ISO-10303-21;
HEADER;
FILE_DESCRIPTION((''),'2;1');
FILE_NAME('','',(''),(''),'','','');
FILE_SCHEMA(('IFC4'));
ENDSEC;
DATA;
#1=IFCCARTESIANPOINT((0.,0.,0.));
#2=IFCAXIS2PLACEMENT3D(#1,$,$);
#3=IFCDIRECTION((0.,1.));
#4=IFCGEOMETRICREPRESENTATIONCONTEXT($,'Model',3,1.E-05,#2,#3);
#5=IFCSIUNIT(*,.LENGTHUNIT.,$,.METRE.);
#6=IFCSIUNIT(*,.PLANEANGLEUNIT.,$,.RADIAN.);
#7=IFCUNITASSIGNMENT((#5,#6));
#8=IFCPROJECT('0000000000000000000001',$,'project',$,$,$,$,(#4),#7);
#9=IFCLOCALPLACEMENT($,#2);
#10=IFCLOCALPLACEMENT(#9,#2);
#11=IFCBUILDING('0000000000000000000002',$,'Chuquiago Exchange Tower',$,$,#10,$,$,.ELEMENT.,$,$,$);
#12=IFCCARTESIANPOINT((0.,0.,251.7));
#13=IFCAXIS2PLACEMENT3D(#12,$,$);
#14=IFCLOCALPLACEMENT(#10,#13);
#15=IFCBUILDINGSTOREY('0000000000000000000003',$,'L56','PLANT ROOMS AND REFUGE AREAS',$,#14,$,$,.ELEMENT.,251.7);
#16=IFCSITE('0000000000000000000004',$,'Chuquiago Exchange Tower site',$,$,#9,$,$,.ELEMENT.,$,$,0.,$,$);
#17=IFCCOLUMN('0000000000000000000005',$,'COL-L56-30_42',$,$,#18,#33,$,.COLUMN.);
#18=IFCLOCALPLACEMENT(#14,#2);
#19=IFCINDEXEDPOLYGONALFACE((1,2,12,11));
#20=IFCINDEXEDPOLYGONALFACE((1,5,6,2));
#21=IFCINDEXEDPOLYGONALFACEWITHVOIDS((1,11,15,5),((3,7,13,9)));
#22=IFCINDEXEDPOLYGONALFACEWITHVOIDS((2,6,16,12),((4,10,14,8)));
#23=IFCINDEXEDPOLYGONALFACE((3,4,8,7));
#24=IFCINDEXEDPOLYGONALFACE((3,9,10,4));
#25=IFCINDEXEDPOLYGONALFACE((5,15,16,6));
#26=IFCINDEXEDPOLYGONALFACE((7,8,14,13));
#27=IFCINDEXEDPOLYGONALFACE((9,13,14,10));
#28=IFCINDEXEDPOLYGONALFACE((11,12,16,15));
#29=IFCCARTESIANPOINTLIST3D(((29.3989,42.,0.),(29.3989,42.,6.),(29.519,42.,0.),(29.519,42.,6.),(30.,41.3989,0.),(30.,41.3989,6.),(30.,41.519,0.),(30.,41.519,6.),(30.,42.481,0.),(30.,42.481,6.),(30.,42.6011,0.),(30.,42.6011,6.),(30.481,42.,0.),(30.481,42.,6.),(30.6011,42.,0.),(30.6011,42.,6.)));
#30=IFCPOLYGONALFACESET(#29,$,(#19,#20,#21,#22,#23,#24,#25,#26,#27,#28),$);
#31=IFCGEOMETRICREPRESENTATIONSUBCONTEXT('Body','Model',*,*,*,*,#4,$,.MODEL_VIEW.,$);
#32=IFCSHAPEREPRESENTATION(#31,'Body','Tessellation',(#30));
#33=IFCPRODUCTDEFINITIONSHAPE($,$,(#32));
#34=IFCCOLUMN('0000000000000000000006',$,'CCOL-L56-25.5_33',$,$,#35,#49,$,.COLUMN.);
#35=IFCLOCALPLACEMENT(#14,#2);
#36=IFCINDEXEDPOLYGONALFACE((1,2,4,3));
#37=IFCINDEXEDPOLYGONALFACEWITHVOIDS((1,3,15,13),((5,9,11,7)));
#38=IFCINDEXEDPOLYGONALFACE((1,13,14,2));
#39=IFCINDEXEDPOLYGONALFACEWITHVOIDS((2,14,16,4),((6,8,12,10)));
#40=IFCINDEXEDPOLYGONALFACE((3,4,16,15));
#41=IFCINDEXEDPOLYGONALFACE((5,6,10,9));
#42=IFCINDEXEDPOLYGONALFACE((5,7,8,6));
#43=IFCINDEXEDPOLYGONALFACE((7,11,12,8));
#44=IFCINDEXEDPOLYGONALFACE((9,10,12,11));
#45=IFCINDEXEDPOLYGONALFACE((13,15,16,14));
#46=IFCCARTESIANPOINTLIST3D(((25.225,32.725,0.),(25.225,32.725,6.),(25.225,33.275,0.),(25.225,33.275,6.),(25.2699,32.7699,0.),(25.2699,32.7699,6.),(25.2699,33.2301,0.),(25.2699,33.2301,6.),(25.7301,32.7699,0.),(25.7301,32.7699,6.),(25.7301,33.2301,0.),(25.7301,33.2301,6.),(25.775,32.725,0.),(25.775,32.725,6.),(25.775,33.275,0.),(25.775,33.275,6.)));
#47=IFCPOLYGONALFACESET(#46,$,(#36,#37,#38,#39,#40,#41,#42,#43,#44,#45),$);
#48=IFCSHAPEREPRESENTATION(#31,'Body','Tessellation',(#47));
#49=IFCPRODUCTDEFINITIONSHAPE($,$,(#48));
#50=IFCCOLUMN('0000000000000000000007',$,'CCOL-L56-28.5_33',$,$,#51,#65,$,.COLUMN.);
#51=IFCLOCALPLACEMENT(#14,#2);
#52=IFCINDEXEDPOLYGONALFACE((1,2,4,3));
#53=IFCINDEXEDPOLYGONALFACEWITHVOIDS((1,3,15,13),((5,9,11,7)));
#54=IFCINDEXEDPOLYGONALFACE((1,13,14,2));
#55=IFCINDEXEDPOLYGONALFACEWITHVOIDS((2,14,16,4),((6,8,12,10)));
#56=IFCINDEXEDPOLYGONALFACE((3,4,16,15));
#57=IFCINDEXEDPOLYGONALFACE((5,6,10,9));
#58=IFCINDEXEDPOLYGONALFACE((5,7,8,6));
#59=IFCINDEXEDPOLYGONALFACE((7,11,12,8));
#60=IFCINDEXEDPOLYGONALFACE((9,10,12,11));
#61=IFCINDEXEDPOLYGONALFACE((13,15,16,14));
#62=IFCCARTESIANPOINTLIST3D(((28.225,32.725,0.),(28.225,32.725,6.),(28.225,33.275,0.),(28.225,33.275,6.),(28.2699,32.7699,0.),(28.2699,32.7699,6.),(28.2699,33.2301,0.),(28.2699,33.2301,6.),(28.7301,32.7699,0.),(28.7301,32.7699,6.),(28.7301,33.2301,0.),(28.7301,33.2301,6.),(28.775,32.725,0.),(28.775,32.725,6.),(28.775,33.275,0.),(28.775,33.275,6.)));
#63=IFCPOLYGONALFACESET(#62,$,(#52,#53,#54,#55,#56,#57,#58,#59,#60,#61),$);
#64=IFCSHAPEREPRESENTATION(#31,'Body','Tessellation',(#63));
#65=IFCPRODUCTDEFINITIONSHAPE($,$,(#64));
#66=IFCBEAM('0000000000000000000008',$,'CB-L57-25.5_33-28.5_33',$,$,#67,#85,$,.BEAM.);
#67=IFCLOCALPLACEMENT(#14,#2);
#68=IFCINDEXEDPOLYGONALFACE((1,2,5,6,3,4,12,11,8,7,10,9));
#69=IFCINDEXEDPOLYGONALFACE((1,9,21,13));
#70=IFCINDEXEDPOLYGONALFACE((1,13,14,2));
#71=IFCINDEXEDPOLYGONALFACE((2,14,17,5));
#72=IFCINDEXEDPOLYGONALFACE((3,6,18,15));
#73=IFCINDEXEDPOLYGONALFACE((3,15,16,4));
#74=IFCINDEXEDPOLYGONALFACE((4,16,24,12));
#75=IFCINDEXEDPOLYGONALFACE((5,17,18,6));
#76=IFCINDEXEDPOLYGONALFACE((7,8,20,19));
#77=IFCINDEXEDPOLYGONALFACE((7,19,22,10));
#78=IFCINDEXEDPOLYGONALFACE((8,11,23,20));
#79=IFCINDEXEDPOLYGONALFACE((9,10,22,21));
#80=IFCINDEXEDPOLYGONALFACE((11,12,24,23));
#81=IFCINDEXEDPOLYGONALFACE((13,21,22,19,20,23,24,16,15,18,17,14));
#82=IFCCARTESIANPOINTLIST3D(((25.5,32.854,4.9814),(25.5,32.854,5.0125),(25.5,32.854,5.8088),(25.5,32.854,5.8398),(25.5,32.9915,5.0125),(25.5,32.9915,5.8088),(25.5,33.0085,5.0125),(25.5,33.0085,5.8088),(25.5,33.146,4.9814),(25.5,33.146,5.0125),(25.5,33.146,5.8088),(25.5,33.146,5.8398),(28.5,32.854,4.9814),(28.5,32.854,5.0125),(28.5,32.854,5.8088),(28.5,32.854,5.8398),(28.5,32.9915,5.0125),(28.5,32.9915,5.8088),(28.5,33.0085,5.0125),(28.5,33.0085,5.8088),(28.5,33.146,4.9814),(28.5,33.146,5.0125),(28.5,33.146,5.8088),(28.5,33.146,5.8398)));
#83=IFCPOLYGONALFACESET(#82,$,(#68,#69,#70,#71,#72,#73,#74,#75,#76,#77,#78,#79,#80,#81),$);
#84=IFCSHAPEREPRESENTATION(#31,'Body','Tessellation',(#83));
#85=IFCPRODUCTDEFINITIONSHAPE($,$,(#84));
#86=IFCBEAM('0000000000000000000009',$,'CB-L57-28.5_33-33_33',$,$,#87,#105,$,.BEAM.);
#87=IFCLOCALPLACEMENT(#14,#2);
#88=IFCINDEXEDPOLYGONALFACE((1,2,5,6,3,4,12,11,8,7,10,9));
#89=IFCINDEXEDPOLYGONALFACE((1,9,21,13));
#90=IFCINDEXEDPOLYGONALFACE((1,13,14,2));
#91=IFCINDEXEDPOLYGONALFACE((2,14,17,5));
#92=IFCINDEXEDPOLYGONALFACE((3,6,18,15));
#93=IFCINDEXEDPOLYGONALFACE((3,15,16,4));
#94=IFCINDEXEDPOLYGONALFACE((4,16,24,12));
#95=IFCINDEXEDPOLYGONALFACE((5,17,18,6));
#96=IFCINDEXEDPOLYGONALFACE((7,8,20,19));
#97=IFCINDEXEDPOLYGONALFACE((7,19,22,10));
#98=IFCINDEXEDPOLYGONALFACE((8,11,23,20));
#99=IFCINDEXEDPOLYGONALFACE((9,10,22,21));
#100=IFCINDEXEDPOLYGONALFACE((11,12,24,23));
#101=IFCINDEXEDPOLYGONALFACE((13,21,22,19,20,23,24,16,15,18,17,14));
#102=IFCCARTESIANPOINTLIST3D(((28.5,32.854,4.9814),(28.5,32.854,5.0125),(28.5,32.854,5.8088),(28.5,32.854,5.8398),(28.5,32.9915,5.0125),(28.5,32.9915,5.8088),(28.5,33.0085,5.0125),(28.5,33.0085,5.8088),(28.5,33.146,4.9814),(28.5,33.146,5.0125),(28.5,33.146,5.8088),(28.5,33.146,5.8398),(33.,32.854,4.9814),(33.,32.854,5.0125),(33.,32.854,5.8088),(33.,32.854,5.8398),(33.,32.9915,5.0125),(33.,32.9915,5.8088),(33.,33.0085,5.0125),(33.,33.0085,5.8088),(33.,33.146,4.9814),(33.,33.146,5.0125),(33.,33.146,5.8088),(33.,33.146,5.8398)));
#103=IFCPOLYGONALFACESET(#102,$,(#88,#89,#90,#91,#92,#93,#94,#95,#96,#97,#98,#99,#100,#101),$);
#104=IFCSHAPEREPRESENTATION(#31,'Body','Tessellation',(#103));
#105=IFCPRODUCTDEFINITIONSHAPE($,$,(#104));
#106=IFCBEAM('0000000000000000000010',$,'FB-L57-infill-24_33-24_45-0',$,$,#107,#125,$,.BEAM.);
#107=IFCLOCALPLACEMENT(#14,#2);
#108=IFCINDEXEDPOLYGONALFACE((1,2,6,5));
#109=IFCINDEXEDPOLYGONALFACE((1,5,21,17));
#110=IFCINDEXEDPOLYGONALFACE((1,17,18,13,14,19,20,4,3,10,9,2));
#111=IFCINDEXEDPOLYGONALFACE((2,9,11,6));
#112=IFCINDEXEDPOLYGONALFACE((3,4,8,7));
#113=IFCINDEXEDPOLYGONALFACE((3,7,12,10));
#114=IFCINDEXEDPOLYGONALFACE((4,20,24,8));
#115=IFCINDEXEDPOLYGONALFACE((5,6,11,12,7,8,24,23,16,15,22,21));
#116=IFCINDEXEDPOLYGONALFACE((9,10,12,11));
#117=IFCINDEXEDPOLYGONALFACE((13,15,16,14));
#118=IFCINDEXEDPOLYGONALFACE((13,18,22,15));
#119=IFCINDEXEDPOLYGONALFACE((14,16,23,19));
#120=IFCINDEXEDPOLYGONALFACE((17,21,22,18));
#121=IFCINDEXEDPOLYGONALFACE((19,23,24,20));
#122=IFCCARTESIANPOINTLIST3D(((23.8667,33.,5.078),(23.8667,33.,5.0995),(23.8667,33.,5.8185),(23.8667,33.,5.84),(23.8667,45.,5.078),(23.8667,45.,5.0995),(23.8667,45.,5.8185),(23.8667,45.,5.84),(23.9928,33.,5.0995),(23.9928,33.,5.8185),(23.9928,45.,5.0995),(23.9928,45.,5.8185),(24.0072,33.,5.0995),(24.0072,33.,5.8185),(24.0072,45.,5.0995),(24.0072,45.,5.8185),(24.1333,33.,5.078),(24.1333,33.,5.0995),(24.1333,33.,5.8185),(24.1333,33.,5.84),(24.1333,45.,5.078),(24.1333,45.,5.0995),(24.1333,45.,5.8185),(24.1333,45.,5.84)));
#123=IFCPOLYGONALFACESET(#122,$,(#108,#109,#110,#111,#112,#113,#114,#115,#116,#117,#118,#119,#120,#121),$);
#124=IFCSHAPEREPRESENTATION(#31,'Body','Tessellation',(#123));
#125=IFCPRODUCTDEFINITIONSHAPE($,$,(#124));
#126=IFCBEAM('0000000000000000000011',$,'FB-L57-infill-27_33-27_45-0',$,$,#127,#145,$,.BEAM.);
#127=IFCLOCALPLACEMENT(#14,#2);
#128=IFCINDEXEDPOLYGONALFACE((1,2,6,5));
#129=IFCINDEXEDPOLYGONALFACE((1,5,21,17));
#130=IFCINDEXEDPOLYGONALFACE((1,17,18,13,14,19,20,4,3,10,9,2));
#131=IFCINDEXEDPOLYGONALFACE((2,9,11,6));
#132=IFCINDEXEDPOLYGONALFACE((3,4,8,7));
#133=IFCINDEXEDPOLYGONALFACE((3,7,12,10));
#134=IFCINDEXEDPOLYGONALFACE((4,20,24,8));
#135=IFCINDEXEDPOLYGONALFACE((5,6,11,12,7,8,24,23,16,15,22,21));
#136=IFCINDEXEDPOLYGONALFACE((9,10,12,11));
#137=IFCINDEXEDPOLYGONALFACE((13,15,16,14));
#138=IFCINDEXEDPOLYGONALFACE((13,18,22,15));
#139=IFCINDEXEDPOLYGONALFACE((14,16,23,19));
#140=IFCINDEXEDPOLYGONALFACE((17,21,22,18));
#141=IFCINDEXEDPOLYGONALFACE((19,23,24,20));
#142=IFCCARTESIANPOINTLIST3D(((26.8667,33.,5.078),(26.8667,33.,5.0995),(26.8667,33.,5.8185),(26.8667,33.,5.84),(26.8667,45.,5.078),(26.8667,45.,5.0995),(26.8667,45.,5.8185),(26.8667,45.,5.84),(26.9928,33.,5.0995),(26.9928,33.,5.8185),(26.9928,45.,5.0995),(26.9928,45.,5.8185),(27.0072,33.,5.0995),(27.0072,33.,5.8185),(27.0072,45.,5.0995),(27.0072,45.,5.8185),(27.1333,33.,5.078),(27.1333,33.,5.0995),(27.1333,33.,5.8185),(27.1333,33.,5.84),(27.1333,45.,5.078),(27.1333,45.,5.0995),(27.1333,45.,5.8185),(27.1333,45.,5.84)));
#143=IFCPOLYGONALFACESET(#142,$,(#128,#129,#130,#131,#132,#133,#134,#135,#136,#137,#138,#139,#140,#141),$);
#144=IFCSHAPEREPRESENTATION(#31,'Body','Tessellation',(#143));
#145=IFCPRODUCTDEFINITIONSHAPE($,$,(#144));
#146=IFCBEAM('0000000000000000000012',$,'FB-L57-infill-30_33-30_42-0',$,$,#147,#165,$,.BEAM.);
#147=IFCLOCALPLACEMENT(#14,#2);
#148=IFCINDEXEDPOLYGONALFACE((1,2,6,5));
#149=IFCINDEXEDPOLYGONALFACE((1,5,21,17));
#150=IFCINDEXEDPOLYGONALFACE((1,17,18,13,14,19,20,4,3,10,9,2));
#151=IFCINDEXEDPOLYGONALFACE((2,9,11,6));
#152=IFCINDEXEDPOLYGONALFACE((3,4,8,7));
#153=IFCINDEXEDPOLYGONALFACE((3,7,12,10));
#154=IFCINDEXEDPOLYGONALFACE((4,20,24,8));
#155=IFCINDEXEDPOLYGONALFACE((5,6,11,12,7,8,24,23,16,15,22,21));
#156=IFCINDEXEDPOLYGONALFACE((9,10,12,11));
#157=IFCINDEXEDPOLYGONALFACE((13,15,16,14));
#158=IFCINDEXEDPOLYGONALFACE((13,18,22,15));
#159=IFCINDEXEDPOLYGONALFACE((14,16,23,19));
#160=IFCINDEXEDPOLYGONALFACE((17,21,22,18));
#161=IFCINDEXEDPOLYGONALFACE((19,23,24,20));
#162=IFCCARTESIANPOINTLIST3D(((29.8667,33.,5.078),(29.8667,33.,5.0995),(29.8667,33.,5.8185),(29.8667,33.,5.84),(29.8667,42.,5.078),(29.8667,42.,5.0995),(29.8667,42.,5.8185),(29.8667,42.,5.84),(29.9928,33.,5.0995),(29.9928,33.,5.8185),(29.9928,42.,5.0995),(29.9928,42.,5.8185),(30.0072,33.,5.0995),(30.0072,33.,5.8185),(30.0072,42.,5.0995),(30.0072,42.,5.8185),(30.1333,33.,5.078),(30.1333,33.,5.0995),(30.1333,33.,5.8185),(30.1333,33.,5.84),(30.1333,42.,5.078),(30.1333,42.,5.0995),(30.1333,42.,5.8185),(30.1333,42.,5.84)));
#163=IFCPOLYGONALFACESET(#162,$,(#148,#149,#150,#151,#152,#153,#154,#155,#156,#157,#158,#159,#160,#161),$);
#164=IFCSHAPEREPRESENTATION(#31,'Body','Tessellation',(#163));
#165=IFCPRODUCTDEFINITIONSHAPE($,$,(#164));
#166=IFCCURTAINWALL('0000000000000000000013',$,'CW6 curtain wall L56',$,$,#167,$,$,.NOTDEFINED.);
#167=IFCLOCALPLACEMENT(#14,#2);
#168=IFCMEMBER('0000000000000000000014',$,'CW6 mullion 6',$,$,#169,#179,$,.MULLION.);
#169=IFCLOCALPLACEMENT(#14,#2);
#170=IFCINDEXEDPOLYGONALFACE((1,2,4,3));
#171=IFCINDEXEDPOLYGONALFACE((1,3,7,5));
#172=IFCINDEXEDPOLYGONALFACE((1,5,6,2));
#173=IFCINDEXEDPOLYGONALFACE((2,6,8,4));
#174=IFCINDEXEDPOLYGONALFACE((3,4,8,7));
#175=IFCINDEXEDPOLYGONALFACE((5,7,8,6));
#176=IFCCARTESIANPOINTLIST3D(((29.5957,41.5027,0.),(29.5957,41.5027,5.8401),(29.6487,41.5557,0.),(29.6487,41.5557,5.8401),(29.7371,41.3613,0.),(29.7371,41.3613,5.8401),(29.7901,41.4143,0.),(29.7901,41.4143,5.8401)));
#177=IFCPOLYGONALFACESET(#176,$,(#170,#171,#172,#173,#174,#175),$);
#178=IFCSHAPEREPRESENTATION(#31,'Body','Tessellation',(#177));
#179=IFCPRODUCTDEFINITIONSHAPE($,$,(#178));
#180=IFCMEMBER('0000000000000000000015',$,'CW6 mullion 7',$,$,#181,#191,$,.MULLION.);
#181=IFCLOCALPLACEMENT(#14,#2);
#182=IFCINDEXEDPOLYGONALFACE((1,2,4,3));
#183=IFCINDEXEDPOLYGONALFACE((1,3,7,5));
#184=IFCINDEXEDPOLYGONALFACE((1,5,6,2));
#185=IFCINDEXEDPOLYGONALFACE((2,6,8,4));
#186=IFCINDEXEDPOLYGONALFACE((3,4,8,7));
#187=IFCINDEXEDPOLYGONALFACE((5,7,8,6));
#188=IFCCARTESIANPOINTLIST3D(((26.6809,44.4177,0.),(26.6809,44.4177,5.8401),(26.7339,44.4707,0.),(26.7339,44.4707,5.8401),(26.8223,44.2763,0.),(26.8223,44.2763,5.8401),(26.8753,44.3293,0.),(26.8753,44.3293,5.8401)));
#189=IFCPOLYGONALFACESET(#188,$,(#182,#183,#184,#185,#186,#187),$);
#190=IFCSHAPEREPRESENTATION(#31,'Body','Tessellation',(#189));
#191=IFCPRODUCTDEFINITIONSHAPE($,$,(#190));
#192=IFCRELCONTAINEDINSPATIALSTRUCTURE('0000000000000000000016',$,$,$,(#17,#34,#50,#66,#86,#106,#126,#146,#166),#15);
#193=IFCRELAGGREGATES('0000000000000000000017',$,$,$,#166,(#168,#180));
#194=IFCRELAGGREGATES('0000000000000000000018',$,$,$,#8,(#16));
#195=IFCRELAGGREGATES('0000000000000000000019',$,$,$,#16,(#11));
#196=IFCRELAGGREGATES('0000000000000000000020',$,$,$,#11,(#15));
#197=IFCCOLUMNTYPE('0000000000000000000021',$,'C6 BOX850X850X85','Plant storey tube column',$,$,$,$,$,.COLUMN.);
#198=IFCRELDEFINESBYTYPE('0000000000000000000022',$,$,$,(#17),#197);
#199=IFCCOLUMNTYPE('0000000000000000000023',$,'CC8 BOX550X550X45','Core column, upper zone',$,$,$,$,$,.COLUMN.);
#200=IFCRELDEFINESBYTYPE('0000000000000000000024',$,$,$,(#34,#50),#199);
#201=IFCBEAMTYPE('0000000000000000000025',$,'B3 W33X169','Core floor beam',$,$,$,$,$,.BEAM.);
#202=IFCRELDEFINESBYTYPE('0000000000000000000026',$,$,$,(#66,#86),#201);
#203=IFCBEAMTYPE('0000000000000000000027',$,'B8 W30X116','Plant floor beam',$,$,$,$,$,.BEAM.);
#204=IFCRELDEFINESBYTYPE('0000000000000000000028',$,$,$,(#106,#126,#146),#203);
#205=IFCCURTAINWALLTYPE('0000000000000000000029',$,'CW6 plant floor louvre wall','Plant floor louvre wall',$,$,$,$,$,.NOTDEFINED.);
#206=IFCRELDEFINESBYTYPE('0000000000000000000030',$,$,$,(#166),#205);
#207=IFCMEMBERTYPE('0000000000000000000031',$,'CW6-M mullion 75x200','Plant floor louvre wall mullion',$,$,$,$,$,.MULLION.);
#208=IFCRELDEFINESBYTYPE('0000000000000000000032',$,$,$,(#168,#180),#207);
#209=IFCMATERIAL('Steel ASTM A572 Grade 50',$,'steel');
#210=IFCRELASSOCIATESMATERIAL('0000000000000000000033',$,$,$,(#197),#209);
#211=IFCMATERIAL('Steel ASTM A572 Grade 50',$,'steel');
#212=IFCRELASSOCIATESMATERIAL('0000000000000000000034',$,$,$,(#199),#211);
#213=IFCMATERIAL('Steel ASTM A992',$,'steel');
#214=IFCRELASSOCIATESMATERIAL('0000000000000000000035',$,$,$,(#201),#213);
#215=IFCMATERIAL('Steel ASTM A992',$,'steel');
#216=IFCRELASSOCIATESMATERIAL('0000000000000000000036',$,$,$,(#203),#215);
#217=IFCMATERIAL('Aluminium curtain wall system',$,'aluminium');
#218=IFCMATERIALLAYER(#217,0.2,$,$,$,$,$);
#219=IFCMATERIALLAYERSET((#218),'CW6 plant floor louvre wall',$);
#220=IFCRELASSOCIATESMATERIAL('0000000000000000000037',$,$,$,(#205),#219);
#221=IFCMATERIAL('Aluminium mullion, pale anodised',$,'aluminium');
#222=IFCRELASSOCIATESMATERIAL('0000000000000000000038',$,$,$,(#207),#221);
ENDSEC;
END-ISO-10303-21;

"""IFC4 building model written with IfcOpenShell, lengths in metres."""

from ifc_helpers import new_model, si_unit, direction, frame, origin, origin_2d, place, context, subcontext, project, spatial, rectangle, hollow_rectangle, i_section, extrude, material, layer, layer_set, material_profile, profile_set, type_object, element, aggregate, save


model = new_model("IFC4")

# Units and contexts
model_context = context("Model", 3, precision=1e-05, world=origin(), true_north=direction((0.0, 1.0)))
body_context = subcontext(model_context, "Body", "Model", "MODEL_VIEW")
ifc_project = project(units=[si_unit("LENGTHUNIT", "METRE"), si_unit("PLANEANGLEUNIT", "RADIAN")], contexts=[model_context])

# Site, building, storey
site_placement = place(None, origin())
site = spatial("IfcSite", under=ifc_project, at=site_placement, Name="Chuquiago Exchange Tower site", CompositionType="ELEMENT", RefElevation=0.0)
building_placement = place(site_placement, origin())
building = spatial("IfcBuilding", under=site, at=building_placement, Name="Chuquiago Exchange Tower", CompositionType="ELEMENT")
storey_placement = place(building_placement, frame((0.0, 0.0, 251.7)))
storey = spatial("IfcBuildingStorey", under=building, at=storey_placement, Name="L56", Description="PLANT ROOMS AND REFUGE AREAS", CompositionType="ELEMENT", Elevation=251.7)

# Columns
ifc_material_1 = material(Name="Steel ASTM A572 Grade 50", Category="steel")
ifc_material_profile_1 = material_profile(ifc_material_1, hollow_rectangle(XDim=0.8501, YDim=0.8501, WallThickness=0.085, at=origin_2d()), Name="BOX850X850X85")
ifc_profile_set_1 = profile_set([ifc_material_profile_1], Name="Steel ASTM A572 Grade 50")
column_type_1 = type_object("IfcColumnType", Name="C6 BOX850X850X85", Description="Plant storey tube column", PredefinedType="COLUMN", material=ifc_profile_set_1)
column_placement = place(storey_placement, frame((30.0, 42.0, 0.0), z_axis=(0.0, 0.0, 1.0), x_axis=(0.707107, 0.707107, 0.0)))
element("IfcColumn", 1, at=column_placement, inside=storey, type_object=column_type_1, Name="COL-L56-30_42", PredefinedType="COLUMN", context=body_context, shape_type="SweptSolid", body=[
    extrude(hollow_rectangle(XDim=0.8501, YDim=0.8501, WallThickness=0.085, at=origin_2d()), origin(), (0.0, 0.0, 1.0), 6.0),
])
ifc_material_2 = material(Name="Steel ASTM A572 Grade 50", Category="steel")
ifc_material_profile_2 = material_profile(ifc_material_2, hollow_rectangle(XDim=0.55, YDim=0.55, WallThickness=0.0449, at=origin_2d()), Name="BOX550X550X45")
ifc_profile_set_2 = profile_set([ifc_material_profile_2], Name="Steel ASTM A572 Grade 50")
column_type_2 = type_object("IfcColumnType", Name="CC8 BOX550X550X45", Description="Core column, upper zone", PredefinedType="COLUMN", material=ifc_profile_set_2)
for number, where, z_axis, x_axis, name in (
    (2, (25.5, 33.0, 0.0), (0.0, 0.0, 1.0), (1.0, 0.0, 0.0), "CCOL-L56-25.5_33"),
    (3, (28.5, 33.0, 0.0), (0.0, 0.0, 1.0), (1.0, 0.0, 0.0), "CCOL-L56-28.5_33"),
):
    element("IfcColumn", number, at=place(storey_placement, frame(where, z_axis=z_axis, x_axis=x_axis)), inside=storey, type_object=column_type_2, Name=name, PredefinedType="COLUMN", context=body_context, shape_type="SweptSolid", body=[
        extrude(hollow_rectangle(XDim=0.55, YDim=0.55, WallThickness=0.0449, at=origin_2d()), origin(), (0.0, 0.0, 1.0), 6.0),
    ])

# Beams
ifc_material_3 = material(Name="Steel ASTM A992", Category="steel")
ifc_material_profile_3 = material_profile(ifc_material_3, i_section(OverallWidth=0.292, OverallDepth=0.8584, WebThickness=0.0171, FlangeThickness=0.031, at=origin_2d()), Name="W33X169")
ifc_profile_set_3 = profile_set([ifc_material_profile_3], Name="Steel ASTM A992")
beam_type_1 = type_object("IfcBeamType", Name="B3 W33X169", Description="Core floor beam", PredefinedType="BEAM", material=ifc_profile_set_3)
beam_1_placement = place(storey_placement, frame((25.5, 33.0, 5.4106), z_axis=(1.0, 0.0, 0.0), x_axis=(0.0, 1.0, 0.0)))
element("IfcBeam", 4, at=beam_1_placement, inside=storey, type_object=beam_type_1, Name="CB-L57-25.5_33-28.5_33", PredefinedType="BEAM", context=body_context, shape_type="SweptSolid", body=[
    extrude(i_section(OverallWidth=0.292, OverallDepth=0.8584, WebThickness=0.0171, FlangeThickness=0.031, at=origin_2d()), origin(), (0.0, 0.0, 1.0), 3.0),
])
beam_2_placement = place(storey_placement, frame((28.5, 33.0, 5.4106), z_axis=(1.0, 0.0, 0.0), x_axis=(0.0, 1.0, 0.0)))
element("IfcBeam", 5, at=beam_2_placement, inside=storey, type_object=beam_type_1, Name="CB-L57-28.5_33-33_33", PredefinedType="BEAM", context=body_context, shape_type="SweptSolid", body=[
    extrude(i_section(OverallWidth=0.292, OverallDepth=0.8584, WebThickness=0.0171, FlangeThickness=0.031, at=origin_2d()), origin(), (0.0, 0.0, 1.0), 4.5),
])
ifc_material_4 = material(Name="Steel ASTM A992", Category="steel")
ifc_material_profile_4 = material_profile(ifc_material_4, i_section(OverallWidth=0.2666, OverallDepth=0.762, WebThickness=0.0144, FlangeThickness=0.0215, at=origin_2d()), Name="W30X116")
ifc_profile_set_4 = profile_set([ifc_material_profile_4], Name="Steel ASTM A992")
beam_type_2 = type_object("IfcBeamType", Name="B8 W30X116", Description="Plant floor beam", PredefinedType="BEAM", material=ifc_profile_set_4)
for number, where, z_axis, x_axis, name in (
    (6, (24.0, 33.0, 5.459), (0.0, 1.0, 0.0), (-1.0, 0.0, 0.0), "FB-L57-infill-24_33-24_45-0"),
    (7, (27.0, 33.0, 5.459), (0.0, 1.0, 0.0), (-1.0, 0.0, 0.0), "FB-L57-infill-27_33-27_45-0"),
):
    element("IfcBeam", number, at=place(storey_placement, frame(where, z_axis=z_axis, x_axis=x_axis)), inside=storey, type_object=beam_type_2, Name=name, PredefinedType="BEAM", context=body_context, shape_type="SweptSolid", body=[
        extrude(i_section(OverallWidth=0.2666, OverallDepth=0.762, WebThickness=0.0144, FlangeThickness=0.0215, at=origin_2d()), origin(), (0.0, 0.0, 1.0), 12.0),
    ])
beam_3_placement = place(storey_placement, frame((30.0, 33.0, 5.459), z_axis=(0.0, 1.0, 0.0), x_axis=(-1.0, 0.0, 0.0)))
element("IfcBeam", 8, at=beam_3_placement, inside=storey, type_object=beam_type_2, Name="FB-L57-infill-30_33-30_42-0", PredefinedType="BEAM", context=body_context, shape_type="SweptSolid", body=[
    extrude(i_section(OverallWidth=0.2666, OverallDepth=0.762, WebThickness=0.0144, FlangeThickness=0.0215, at=origin_2d()), origin(), (0.0, 0.0, 1.0), 9.0),
])

# Curtain wall, members
ifc_material_5 = material(Name="Aluminium curtain wall system", Category="aluminium")
ifc_layer_1 = layer(ifc_material_5, 0.2)
ifc_layer_set_1 = layer_set([ifc_layer_1], Name="CW6 plant floor louvre wall")
curtain_wall_type = type_object("IfcCurtainWallType", Name="CW6 plant floor louvre wall", Description="Plant floor louvre wall", PredefinedType="NOTDEFINED", material=ifc_layer_set_1)
curtain_wall_1_placement = place(storey_placement, origin())
curtain_wall_1 = element("IfcCurtainWall", 9, at=curtain_wall_1_placement, inside=storey, type_object=curtain_wall_type, Name="CW6 curtain wall L56", PredefinedType="NOTDEFINED")
ifc_material_6 = material(Name="Aluminium mullion, pale anodised", Category="aluminium")
ifc_material_profile_5 = material_profile(ifc_material_6, rectangle(XDim=0.075, YDim=0.2, at=origin_2d()), Name="AL 75x200")
ifc_profile_set_5 = profile_set([ifc_material_profile_5], Name="Aluminium mullion, pale anodised")
member_type_1 = type_object("IfcMemberType", Name="CW6-M mullion 75x200", Description="Plant floor louvre wall mullion", PredefinedType="MULLION", material=ifc_profile_set_5)
member_1_placement = place(storey_placement, frame((29.6929, 41.4585, 0.0), z_axis=(0.0, 0.0, 1.0), x_axis=(-0.707107, -0.707107, 0.0)))
member_1 = element("IfcMember", 10, at=member_1_placement, type_object=member_type_1, Name="CW6 mullion 6", PredefinedType="MULLION", context=body_context, shape_type="SweptSolid", body=[
    extrude(rectangle(XDim=0.075, YDim=0.2, at=origin_2d()), origin(), (0.0, 0.0, 1.0), 5.8401),
])
member_2_placement = place(storey_placement, frame((26.7781, 44.3735, 0.0), z_axis=(0.0, 0.0, 1.0), x_axis=(-0.707107, -0.707107, 0.0)))
member_2 = element("IfcMember", 11, at=member_2_placement, type_object=member_type_1, Name="CW6 mullion 7", PredefinedType="MULLION", context=body_context, shape_type="SweptSolid", body=[
    extrude(rectangle(XDim=0.075, YDim=0.2, at=origin_2d()), origin(), (0.0, 0.0, 1.0), 5.8401),
])

aggregate(curtain_wall_1, [member_1, member_2])

save(model, "model.ifc")
